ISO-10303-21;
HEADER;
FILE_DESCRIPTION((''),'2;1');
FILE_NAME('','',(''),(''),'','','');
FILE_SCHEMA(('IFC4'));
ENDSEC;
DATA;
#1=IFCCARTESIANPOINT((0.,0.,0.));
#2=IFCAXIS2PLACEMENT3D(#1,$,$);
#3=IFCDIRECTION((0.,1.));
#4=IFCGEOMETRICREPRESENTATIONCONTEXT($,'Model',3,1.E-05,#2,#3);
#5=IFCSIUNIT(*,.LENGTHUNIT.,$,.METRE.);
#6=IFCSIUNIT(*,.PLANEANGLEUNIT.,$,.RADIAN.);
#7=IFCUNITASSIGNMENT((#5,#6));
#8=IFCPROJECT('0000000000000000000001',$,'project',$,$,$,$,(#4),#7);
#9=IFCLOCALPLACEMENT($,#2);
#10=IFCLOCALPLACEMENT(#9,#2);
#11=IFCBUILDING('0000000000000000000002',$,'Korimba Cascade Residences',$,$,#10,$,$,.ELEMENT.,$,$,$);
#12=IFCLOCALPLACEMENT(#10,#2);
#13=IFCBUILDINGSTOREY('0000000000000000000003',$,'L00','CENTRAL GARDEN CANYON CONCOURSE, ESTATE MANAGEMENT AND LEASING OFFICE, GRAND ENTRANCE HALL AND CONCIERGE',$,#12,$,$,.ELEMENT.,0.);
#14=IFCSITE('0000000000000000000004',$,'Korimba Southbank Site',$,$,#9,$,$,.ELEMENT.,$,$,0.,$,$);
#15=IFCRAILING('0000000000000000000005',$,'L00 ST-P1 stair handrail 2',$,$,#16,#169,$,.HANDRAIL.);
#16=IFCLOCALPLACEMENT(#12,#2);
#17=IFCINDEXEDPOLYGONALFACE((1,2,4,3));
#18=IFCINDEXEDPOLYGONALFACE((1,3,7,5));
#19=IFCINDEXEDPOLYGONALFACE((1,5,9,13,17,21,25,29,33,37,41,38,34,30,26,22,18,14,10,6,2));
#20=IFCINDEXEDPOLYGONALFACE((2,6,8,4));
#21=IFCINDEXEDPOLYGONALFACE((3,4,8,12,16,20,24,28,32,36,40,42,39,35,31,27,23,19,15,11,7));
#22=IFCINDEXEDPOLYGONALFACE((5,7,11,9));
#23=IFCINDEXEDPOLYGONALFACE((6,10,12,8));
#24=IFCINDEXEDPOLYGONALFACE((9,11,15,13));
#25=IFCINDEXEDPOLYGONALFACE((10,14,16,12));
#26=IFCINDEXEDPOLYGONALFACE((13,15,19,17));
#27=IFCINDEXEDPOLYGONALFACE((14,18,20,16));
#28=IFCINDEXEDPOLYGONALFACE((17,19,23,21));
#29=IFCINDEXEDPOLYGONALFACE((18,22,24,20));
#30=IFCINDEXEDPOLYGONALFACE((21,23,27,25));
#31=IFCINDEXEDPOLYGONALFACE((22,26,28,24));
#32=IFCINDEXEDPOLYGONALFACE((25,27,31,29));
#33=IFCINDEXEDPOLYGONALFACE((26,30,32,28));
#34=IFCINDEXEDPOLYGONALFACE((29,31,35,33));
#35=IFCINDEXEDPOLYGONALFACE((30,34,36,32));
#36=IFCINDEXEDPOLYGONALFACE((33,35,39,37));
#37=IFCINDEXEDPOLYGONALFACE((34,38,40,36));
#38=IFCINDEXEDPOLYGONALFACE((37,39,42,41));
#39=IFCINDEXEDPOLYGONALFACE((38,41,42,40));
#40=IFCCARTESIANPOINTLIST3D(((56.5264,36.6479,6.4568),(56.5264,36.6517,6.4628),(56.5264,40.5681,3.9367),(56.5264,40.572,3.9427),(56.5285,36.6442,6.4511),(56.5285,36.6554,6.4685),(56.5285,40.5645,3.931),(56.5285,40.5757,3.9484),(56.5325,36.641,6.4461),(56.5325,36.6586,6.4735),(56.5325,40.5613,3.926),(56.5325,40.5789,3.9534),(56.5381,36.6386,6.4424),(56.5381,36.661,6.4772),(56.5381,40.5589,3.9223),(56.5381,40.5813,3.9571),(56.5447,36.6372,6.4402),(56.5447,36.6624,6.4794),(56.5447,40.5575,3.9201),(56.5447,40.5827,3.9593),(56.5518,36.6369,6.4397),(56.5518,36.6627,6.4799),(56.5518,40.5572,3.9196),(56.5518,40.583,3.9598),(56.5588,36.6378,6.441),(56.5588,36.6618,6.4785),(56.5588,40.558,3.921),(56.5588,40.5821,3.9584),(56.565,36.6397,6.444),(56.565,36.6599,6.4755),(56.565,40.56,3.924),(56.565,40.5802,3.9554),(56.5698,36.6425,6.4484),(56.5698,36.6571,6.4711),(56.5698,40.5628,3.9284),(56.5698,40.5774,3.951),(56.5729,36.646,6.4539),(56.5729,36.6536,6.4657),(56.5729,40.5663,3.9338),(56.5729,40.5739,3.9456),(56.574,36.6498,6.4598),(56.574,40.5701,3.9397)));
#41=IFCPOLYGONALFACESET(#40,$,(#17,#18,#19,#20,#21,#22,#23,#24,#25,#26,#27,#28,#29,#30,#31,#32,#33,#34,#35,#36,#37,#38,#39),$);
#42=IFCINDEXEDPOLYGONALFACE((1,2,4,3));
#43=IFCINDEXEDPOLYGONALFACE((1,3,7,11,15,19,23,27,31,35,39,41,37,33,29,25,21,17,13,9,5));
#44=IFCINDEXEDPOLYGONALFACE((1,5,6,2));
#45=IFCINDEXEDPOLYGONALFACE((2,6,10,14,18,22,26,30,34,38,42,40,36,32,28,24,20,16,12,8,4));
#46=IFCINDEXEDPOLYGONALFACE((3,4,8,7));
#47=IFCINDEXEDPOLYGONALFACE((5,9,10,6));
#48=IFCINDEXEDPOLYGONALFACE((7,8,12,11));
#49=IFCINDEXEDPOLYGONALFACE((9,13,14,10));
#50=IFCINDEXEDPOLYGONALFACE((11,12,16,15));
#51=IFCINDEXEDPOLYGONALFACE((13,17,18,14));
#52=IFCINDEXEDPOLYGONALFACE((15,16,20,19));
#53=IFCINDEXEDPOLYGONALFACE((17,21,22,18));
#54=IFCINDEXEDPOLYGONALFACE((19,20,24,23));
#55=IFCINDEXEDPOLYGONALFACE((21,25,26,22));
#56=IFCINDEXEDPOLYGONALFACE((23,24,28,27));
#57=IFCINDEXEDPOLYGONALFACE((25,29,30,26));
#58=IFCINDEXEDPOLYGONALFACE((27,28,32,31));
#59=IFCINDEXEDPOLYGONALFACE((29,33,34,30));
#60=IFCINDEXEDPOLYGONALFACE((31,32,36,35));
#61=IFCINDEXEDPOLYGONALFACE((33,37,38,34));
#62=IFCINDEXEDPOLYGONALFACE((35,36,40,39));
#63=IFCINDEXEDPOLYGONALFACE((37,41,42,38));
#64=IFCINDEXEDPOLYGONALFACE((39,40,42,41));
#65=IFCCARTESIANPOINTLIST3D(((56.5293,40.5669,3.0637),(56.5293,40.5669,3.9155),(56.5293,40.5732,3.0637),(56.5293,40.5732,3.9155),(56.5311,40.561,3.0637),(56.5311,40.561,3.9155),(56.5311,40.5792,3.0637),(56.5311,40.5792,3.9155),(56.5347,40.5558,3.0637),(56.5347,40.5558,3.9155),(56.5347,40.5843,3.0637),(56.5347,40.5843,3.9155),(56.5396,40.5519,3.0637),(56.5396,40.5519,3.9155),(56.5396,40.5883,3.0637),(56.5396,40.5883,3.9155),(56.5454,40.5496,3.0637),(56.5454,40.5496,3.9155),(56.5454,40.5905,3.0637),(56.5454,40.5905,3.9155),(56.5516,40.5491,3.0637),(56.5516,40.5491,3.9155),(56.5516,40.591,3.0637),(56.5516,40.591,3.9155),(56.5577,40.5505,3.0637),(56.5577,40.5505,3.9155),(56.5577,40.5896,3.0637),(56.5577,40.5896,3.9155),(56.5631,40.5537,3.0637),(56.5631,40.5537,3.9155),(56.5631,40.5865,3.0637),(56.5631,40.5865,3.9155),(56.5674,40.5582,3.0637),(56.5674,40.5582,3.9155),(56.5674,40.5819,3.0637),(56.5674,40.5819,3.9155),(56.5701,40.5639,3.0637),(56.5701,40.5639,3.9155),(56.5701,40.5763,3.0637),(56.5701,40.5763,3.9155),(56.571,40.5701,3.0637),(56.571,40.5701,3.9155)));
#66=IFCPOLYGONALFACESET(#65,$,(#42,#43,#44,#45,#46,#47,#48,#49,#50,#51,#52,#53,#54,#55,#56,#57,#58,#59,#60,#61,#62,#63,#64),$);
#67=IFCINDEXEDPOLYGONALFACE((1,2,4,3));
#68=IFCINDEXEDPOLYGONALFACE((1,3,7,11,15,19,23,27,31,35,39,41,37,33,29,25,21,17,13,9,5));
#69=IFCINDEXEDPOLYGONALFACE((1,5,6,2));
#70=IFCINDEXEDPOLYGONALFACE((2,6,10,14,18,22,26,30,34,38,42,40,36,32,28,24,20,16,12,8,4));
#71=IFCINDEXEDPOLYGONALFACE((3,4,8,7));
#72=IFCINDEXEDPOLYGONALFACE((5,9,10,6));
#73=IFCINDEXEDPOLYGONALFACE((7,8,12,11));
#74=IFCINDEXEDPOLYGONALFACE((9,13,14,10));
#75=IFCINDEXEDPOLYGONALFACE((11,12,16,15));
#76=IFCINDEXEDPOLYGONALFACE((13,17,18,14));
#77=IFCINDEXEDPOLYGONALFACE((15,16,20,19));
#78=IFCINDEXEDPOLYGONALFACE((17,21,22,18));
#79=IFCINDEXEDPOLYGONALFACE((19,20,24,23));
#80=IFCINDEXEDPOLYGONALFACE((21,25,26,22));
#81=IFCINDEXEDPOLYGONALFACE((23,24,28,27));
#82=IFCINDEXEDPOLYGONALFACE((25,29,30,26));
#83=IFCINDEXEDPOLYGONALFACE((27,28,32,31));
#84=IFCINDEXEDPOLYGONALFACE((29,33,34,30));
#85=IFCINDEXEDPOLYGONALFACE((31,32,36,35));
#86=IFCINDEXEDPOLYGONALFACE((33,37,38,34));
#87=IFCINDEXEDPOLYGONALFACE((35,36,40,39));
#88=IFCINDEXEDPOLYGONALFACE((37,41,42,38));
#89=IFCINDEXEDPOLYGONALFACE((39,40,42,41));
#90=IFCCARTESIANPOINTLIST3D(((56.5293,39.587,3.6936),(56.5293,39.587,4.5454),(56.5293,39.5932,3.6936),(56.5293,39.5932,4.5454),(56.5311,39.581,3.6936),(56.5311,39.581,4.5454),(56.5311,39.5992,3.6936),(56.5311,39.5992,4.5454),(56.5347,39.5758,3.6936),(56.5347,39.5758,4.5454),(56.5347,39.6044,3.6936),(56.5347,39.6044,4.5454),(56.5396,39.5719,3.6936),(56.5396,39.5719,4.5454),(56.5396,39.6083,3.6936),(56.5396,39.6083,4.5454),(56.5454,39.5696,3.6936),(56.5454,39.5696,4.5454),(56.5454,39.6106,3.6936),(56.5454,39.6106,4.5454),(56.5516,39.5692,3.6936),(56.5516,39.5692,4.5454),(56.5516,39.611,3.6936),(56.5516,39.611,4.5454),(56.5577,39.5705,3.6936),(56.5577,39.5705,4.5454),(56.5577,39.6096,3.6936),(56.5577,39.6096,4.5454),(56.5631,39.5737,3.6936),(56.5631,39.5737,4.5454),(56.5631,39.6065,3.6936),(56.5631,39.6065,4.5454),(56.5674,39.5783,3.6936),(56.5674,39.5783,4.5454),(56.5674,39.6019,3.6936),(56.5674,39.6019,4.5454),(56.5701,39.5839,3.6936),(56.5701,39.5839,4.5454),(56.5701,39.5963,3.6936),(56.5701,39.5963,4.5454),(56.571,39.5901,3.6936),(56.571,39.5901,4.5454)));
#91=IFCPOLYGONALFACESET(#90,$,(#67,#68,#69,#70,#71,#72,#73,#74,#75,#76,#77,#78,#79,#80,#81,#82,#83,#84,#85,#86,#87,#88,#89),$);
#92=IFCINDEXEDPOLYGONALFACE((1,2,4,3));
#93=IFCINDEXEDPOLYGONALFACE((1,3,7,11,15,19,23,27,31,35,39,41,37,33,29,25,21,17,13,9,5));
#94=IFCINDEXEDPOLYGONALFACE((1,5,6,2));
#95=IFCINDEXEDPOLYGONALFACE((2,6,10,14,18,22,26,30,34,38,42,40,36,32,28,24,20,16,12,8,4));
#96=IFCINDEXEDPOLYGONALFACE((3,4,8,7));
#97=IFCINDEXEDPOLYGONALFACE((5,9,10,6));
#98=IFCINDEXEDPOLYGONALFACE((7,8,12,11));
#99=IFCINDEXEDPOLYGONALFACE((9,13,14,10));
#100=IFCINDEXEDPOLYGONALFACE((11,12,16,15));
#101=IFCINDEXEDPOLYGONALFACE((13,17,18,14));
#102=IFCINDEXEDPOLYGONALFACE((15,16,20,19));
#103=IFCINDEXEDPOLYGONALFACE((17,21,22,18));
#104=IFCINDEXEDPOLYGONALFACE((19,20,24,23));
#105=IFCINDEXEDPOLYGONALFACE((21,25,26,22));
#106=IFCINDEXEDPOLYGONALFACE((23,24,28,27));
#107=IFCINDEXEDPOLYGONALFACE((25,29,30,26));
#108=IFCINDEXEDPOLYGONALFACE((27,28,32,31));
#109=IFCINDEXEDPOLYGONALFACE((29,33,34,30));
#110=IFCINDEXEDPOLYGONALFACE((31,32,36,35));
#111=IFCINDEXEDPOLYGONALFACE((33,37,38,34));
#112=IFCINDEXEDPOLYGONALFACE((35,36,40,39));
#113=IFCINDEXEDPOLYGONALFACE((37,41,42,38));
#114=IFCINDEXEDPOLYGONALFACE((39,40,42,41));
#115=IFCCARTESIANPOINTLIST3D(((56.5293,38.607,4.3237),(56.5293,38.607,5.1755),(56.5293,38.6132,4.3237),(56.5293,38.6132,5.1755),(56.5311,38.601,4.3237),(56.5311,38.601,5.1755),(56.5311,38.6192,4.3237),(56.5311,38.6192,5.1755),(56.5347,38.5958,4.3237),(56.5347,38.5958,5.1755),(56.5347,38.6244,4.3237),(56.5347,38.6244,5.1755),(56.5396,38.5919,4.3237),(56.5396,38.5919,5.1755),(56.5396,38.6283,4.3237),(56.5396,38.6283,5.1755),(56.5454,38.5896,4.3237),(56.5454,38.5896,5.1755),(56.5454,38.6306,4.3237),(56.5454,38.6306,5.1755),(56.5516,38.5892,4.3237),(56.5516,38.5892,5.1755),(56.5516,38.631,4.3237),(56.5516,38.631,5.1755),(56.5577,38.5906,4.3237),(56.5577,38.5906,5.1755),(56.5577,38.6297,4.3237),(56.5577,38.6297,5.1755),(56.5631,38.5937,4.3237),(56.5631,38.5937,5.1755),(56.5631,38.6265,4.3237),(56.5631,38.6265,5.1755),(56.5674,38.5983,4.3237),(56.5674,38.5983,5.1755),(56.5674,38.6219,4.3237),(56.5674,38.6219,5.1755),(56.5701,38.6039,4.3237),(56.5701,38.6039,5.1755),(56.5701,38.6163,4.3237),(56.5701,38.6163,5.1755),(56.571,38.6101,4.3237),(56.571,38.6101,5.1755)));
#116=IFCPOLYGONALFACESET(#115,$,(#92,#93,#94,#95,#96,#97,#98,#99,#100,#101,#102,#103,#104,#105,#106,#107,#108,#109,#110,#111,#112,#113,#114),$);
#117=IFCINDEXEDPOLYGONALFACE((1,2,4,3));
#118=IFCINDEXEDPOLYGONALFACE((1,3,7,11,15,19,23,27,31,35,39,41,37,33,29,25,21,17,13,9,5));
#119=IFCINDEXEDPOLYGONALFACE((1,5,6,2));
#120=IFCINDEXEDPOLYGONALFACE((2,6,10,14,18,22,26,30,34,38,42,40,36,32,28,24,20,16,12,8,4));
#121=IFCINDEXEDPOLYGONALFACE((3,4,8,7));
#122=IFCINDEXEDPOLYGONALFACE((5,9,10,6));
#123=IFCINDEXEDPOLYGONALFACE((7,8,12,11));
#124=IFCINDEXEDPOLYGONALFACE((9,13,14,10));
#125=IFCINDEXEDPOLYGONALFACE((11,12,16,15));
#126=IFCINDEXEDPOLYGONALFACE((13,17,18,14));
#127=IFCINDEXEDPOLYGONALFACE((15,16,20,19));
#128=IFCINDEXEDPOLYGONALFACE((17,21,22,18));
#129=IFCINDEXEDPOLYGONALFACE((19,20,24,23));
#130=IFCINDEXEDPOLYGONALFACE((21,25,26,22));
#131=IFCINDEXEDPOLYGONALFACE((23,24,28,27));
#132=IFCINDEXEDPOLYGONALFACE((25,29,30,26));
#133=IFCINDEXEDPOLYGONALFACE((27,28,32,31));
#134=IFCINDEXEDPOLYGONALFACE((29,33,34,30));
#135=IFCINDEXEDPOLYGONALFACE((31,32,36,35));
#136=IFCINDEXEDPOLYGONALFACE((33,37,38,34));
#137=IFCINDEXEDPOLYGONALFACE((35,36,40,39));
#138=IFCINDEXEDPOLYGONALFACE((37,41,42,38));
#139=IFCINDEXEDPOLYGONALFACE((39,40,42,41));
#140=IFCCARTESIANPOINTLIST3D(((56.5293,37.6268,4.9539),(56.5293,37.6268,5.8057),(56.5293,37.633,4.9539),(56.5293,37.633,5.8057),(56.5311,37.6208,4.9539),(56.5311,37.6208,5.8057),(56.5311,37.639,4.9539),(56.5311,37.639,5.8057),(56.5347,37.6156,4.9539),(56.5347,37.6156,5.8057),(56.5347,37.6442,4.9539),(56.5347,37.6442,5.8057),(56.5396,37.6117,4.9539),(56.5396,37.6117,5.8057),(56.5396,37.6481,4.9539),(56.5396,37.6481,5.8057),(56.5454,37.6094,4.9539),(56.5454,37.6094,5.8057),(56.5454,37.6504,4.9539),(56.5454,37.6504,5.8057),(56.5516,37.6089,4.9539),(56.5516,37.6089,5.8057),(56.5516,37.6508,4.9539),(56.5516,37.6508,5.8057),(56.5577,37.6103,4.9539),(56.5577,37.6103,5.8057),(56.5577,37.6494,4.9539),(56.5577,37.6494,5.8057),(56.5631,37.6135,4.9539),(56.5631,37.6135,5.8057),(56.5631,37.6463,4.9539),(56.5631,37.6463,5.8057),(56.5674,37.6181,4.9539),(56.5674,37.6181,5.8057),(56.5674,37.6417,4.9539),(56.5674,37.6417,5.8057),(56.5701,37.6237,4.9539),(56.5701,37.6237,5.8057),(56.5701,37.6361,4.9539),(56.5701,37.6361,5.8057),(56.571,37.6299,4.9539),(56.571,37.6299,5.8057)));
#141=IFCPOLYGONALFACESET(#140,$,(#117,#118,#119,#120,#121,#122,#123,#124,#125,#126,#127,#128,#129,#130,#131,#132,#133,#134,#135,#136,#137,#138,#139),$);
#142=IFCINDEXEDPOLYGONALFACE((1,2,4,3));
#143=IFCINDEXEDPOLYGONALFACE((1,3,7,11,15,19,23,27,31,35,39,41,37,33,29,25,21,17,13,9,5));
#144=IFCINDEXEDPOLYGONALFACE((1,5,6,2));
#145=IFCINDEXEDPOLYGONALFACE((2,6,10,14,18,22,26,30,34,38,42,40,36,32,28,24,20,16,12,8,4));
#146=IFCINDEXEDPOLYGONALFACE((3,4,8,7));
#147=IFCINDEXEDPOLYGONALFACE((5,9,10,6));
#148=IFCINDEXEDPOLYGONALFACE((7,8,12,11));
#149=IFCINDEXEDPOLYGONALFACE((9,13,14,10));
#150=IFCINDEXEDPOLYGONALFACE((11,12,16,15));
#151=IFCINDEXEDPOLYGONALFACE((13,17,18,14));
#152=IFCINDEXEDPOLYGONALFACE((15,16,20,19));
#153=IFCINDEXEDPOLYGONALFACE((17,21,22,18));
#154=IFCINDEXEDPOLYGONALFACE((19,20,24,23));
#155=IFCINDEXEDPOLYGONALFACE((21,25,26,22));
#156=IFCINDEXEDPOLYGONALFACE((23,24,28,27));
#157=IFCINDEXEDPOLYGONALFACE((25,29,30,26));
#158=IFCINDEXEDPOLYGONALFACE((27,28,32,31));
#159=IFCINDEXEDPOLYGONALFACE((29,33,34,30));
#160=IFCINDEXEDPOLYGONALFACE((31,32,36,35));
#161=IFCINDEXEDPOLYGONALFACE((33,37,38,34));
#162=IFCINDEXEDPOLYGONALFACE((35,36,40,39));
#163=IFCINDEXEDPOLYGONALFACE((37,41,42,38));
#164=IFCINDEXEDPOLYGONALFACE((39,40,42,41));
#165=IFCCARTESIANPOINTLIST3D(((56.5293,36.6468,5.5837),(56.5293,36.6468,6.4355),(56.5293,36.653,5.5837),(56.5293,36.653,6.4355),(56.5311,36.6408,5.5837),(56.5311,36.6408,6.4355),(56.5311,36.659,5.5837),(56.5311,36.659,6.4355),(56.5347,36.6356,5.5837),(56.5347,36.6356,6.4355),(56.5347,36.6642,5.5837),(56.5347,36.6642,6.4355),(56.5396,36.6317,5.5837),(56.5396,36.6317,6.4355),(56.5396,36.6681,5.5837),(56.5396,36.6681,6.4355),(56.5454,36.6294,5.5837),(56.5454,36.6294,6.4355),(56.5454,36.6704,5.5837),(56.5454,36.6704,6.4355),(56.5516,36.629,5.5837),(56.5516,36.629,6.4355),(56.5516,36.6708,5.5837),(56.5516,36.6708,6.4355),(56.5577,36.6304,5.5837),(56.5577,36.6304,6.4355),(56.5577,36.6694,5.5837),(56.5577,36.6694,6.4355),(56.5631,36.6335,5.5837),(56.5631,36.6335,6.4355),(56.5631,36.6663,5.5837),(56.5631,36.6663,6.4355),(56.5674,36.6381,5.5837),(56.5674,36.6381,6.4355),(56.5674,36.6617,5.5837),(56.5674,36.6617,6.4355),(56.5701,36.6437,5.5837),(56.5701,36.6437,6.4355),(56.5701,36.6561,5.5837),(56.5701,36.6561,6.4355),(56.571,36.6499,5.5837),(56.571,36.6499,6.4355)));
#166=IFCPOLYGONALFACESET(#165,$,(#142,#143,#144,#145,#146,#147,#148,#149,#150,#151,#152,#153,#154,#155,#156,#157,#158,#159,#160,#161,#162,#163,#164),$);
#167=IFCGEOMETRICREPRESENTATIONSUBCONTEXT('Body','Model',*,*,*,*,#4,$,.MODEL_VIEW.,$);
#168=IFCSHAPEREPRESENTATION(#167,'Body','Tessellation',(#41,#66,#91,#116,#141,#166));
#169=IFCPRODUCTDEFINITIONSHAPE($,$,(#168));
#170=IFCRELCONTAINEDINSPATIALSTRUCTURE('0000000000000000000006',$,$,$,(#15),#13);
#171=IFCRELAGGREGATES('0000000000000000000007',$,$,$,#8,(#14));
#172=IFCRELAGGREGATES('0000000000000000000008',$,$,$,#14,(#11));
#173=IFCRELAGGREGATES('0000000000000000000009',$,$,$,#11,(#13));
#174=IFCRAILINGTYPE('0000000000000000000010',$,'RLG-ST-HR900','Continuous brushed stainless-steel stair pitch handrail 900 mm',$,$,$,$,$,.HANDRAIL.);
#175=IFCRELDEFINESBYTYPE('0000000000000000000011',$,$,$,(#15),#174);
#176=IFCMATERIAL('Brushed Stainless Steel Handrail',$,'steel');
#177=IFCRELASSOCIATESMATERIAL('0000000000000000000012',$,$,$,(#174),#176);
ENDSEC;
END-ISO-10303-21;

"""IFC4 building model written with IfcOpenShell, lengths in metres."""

from ifc_helpers import new_model, si_unit, direction, frame, origin, origin_2d, place, context, subcontext, project, spatial, circle, extrude, material, type_object, element, save


model = new_model("IFC4")

# Units and contexts
model_context = context("Model", 3, precision=1e-05, world=origin(), true_north=direction((0.0, 1.0)))
body_context = subcontext(model_context, "Body", "Model", "MODEL_VIEW")
ifc_project = project(units=[si_unit("LENGTHUNIT", "METRE"), si_unit("PLANEANGLEUNIT", "RADIAN")], contexts=[model_context])

# Site, building, storey
site_placement = place(None, origin())
site = spatial("IfcSite", under=ifc_project, at=site_placement, Name="Korimba Southbank Site", CompositionType="ELEMENT", RefElevation=0.0)
building_placement = place(site_placement, origin())
building = spatial("IfcBuilding", under=site, at=building_placement, Name="Korimba Cascade Residences", CompositionType="ELEMENT")
storey_placement = place(building_placement, origin())
storey = spatial("IfcBuildingStorey", under=building, at=storey_placement, Name="L00", Description="CENTRAL GARDEN CANYON CONCOURSE, ESTATE MANAGEMENT AND LEASING OFFICE, GRAND ENTRANCE HALL AND CONCIERGE", CompositionType="ELEMENT", Elevation=0.0)

# Railing
ifc_material_1 = material(Name="Brushed Stainless Steel Handrail", Category="steel")
railing_type_1 = type_object("IfcRailingType", Name="RLG-ST-HR900", Description="Continuous brushed stainless-steel stair pitch handrail 900 mm", PredefinedType="HANDRAIL", material=ifc_material_1)
railing_1_placement = place(storey_placement, frame((56.55, 40.5701, 3.0637)))
element("IfcRailing", 1, at=railing_1_placement, inside=storey, type_object=railing_type_1, Name="L00 ST-P1 stair handrail 2", PredefinedType="HANDRAIL", context=body_context, shape_type="SweptSolid", body=[
    extrude(circle(Radius=0.0239, at=origin_2d()), frame((0.0, 0.0, 0.876), z_axis=(0.0, -0.841187, 0.540744), x_axis=(1.0, 0.0, 0.0)), (0.0, 0.0, 1.0), 4.6604),
    extrude(circle(Radius=0.021, at=origin_2d()), origin(), (0.0, 0.0, 1.0), 0.8518),
    extrude(circle(Radius=0.021, at=origin_2d()), frame((0.0, -0.98, 0.6299)), (0.0, 0.0, 1.0), 0.8518),
    extrude(circle(Radius=0.021, at=origin_2d()), frame((0.0, -1.96, 1.26)), (0.0, 0.0, 1.0), 0.8518),
    extrude(circle(Radius=0.021, at=origin_2d()), frame((0.0, -2.9402, 1.8901)), (0.0, 0.0, 1.0), 0.8518),
    extrude(circle(Radius=0.021, at=origin_2d()), frame((0.0, -3.9202, 2.52)), (0.0, 0.0, 1.0), 0.8518),
])

save(model, "model.ifc")
